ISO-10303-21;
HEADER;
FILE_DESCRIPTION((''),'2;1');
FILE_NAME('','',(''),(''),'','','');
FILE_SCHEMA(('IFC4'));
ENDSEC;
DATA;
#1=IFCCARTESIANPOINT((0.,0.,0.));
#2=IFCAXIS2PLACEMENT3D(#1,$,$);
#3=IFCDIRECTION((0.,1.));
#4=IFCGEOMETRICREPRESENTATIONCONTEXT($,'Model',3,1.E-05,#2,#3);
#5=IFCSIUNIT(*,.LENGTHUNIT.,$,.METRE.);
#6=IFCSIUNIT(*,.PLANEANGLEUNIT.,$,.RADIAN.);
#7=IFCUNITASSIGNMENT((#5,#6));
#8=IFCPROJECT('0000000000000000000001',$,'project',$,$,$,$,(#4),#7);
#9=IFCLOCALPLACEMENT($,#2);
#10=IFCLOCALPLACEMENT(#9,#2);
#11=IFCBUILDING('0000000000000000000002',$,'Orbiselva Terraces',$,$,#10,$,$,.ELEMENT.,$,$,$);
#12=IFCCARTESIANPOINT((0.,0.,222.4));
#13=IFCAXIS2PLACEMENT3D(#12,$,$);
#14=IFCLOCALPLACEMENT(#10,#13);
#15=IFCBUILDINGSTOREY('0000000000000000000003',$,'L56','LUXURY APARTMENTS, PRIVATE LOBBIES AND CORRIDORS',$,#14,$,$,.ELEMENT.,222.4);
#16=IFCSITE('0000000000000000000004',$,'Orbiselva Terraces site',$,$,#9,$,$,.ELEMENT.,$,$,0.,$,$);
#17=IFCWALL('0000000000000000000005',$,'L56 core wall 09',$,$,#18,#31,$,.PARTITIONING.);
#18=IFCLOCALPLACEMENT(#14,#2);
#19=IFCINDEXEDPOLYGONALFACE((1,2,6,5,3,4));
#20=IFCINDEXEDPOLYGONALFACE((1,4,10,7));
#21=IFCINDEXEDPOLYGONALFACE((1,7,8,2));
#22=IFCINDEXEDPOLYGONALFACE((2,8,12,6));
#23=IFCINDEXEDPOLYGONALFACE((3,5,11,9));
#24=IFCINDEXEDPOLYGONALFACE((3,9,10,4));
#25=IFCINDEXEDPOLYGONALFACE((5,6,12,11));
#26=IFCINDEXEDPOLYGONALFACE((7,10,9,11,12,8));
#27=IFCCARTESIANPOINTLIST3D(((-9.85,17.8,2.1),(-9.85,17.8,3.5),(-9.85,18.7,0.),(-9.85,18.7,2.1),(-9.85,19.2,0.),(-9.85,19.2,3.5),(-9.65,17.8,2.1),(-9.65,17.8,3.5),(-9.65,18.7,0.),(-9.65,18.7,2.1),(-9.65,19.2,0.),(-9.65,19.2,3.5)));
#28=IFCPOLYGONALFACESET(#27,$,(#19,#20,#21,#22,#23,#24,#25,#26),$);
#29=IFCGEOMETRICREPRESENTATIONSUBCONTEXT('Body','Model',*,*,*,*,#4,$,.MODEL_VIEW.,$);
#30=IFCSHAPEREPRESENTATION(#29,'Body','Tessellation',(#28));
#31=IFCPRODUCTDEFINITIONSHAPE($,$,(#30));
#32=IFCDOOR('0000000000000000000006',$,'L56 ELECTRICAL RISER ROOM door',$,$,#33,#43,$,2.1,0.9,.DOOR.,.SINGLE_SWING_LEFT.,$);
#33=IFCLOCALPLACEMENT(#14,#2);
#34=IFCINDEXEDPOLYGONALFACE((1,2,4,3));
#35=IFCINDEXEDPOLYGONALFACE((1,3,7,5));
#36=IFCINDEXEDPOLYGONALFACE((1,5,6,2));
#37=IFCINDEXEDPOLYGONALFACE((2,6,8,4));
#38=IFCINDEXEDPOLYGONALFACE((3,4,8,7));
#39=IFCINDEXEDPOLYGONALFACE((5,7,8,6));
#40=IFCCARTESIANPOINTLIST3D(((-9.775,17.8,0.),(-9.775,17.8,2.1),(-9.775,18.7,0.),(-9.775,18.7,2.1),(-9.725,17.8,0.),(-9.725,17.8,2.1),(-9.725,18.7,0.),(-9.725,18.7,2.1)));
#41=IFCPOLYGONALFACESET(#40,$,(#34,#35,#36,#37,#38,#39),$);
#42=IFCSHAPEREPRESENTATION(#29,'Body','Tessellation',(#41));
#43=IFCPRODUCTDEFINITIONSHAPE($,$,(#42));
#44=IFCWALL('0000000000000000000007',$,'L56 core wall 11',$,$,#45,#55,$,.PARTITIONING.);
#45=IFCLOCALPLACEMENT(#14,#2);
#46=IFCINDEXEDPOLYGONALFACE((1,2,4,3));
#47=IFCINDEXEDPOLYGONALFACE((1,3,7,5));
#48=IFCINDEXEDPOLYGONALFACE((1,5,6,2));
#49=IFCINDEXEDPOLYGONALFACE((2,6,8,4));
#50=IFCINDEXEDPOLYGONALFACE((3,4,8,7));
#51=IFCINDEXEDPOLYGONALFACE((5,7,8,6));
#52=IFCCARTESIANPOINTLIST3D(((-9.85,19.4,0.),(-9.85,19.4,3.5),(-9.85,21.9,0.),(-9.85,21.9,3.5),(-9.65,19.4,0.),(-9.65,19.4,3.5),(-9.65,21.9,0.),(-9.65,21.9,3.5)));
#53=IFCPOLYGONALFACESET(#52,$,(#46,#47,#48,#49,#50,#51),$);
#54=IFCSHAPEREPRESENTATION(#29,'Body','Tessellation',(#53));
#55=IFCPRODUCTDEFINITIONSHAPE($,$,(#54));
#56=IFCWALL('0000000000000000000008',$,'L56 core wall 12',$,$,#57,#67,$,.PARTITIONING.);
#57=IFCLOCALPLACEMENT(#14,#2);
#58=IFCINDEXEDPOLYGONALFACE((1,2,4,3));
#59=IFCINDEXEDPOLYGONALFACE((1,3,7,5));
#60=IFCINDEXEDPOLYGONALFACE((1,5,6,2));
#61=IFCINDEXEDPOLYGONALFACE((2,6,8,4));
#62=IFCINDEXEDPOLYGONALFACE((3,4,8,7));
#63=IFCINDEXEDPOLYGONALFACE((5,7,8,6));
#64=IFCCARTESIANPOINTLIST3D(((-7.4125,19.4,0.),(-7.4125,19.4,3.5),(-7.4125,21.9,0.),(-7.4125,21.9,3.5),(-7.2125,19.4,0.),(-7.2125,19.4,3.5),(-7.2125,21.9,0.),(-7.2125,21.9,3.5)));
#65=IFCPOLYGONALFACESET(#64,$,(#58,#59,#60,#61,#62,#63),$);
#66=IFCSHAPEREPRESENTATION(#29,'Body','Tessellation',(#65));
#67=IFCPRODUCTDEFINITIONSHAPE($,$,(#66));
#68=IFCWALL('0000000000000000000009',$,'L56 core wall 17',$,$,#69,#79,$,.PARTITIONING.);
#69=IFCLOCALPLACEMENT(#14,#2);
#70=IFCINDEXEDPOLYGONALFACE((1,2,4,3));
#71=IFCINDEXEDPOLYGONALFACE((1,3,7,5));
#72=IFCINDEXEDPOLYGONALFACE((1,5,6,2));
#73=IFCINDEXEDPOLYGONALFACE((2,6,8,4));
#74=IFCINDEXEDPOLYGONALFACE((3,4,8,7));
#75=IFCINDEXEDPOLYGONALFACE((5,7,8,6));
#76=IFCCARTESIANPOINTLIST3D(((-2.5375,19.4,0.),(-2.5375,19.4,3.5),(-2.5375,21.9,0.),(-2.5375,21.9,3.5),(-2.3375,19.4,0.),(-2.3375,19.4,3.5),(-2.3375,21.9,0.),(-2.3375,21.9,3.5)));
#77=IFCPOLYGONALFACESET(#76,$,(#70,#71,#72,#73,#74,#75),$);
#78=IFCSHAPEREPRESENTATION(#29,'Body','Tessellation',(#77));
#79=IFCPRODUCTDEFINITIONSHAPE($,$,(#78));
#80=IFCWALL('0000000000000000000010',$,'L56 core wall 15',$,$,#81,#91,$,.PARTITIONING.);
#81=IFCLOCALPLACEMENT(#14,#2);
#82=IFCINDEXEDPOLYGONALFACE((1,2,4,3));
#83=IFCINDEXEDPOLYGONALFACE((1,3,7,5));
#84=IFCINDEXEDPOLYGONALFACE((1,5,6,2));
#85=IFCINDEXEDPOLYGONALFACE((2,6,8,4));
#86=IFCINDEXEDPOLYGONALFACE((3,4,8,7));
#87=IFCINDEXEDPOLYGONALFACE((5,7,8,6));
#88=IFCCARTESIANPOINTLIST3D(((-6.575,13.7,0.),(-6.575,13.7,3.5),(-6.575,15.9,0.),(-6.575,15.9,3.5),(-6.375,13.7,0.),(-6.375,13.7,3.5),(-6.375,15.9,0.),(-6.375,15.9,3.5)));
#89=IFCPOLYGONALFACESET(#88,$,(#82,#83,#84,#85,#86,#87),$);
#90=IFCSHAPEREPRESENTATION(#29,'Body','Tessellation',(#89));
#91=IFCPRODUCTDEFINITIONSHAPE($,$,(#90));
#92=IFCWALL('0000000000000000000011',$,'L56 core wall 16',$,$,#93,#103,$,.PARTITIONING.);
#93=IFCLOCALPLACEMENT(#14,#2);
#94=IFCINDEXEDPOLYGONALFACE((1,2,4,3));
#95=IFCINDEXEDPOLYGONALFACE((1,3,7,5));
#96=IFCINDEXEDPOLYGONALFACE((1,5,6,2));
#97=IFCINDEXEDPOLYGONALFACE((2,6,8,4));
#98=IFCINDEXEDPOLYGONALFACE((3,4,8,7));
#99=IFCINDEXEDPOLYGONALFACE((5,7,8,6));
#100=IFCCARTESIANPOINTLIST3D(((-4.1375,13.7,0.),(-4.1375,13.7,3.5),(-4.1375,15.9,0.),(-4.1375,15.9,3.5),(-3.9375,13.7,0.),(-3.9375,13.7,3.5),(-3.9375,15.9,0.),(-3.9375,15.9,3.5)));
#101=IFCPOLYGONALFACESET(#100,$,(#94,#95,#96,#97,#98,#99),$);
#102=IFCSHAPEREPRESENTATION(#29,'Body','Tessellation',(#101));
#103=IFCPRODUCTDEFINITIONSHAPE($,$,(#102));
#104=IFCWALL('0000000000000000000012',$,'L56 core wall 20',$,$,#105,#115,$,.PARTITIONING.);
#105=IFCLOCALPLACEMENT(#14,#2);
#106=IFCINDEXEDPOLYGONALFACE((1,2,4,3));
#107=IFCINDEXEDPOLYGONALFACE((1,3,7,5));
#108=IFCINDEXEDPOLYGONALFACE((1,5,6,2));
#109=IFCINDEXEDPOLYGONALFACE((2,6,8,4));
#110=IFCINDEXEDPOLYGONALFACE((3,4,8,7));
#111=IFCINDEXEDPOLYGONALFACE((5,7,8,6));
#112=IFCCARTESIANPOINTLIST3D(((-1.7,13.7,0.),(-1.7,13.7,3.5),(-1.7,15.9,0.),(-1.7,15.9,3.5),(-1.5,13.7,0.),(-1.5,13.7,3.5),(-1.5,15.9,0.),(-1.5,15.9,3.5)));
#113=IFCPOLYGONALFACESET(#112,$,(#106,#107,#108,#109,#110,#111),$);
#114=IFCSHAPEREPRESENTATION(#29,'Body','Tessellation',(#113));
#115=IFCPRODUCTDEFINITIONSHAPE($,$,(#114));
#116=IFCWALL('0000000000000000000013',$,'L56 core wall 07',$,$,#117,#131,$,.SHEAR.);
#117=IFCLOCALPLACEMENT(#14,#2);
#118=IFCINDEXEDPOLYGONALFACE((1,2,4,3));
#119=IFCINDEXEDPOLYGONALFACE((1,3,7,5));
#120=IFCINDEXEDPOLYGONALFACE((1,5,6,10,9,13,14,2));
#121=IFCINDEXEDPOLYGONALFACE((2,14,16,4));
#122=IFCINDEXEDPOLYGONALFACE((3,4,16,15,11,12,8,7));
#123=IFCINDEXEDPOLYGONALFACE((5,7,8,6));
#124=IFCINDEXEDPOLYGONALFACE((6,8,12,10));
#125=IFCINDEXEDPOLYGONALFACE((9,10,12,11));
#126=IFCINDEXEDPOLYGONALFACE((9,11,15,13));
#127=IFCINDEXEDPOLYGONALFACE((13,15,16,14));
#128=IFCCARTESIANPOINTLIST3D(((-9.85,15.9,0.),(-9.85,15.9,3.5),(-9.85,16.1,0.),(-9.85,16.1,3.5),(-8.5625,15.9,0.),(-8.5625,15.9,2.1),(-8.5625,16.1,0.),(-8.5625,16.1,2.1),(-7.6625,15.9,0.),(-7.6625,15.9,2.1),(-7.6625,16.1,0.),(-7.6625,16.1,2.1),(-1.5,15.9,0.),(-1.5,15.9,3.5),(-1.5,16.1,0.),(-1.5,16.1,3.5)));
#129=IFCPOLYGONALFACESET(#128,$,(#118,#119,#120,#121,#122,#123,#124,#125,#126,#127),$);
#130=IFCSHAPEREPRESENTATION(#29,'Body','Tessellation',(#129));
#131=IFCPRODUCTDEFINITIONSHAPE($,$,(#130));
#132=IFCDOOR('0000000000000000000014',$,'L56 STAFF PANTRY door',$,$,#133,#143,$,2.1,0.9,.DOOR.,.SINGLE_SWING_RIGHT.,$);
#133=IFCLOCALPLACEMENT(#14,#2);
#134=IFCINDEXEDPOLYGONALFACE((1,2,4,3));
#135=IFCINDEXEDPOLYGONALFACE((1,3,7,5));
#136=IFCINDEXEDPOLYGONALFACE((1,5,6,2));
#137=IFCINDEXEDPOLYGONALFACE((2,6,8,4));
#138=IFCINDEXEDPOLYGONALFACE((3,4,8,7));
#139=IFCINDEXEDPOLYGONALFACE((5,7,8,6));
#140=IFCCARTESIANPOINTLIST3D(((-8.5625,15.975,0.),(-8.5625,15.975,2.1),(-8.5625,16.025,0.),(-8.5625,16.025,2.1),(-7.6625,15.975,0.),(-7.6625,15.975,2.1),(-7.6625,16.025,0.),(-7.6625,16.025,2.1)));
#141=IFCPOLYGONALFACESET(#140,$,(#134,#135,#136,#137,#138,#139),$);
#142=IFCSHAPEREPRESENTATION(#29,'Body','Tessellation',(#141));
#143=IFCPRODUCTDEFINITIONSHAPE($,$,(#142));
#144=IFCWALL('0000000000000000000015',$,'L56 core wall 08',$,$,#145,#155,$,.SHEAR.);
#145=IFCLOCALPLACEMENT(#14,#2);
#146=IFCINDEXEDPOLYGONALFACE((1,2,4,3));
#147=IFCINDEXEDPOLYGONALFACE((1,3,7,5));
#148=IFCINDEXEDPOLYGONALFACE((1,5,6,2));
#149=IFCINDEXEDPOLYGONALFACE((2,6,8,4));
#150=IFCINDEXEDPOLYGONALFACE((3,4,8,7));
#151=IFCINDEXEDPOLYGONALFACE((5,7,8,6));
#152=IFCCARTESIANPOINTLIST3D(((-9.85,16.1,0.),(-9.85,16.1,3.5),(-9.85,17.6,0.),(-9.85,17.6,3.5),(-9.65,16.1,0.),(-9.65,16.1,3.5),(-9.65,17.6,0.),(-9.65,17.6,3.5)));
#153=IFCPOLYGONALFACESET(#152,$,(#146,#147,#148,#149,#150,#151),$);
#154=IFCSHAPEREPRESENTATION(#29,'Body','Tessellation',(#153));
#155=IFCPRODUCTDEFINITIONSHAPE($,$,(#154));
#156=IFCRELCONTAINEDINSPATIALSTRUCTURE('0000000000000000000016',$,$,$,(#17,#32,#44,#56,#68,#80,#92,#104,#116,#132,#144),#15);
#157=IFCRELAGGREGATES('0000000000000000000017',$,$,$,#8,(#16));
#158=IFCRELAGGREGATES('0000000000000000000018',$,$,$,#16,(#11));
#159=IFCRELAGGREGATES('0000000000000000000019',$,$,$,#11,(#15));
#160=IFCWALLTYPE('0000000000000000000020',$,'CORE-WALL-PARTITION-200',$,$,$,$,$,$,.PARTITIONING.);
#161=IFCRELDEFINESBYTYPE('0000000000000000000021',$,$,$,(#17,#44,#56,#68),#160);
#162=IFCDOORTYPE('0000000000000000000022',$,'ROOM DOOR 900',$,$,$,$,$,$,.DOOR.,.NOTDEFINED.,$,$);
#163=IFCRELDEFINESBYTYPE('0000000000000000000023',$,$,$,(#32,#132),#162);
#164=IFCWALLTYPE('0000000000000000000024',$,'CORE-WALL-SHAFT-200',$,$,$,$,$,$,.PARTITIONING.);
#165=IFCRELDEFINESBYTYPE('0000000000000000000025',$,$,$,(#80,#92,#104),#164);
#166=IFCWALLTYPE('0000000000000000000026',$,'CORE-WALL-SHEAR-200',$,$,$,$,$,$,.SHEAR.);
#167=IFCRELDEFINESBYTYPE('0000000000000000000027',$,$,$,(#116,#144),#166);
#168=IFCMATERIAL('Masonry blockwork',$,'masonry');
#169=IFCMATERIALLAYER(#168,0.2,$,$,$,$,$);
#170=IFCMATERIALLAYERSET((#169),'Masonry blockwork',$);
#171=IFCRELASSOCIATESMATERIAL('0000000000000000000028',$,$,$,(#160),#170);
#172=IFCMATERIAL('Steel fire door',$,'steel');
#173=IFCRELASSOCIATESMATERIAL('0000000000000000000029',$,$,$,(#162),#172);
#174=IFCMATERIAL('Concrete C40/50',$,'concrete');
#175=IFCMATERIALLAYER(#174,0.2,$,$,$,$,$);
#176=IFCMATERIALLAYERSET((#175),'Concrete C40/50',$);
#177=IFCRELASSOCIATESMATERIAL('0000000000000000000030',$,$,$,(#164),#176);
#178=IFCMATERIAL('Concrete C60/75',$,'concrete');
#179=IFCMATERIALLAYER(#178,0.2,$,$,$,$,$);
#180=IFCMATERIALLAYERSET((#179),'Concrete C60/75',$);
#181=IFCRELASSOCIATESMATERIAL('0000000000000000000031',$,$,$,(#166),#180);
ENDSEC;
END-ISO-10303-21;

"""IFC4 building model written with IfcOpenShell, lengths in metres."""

from ifc_helpers import new_model, si_unit, direction, frame, frame_2d, origin, place, context, subcontext, project, spatial, rectangle, extrude, material, layer, layer_set, type_object, element, fill, save


model = new_model("IFC4")

# Units and contexts
model_context = context("Model", 3, precision=1e-05, world=origin(), true_north=direction((0.0, 1.0)))
body_context = subcontext(model_context, "Body", "Model", "MODEL_VIEW")
ifc_project = project(units=[si_unit("LENGTHUNIT", "METRE"), si_unit("PLANEANGLEUNIT", "RADIAN")], contexts=[model_context])

# Site, building, storey
site_placement = place(None, origin())
site = spatial("IfcSite", under=ifc_project, at=site_placement, Name="Orbiselva Terraces site", CompositionType="ELEMENT", RefElevation=0.0)
building_placement = place(site_placement, origin())
building = spatial("IfcBuilding", under=site, at=building_placement, Name="Orbiselva Terraces", CompositionType="ELEMENT")
storey_placement = place(building_placement, frame((0.0, 0.0, 222.4)))
storey = spatial("IfcBuildingStorey", under=building, at=storey_placement, Name="L56", Description="LUXURY APARTMENTS, PRIVATE LOBBIES AND CORRIDORS", CompositionType="ELEMENT", Elevation=222.4)

# Wall, opening, door
ifc_material_1 = material(Name="Masonry blockwork", Category="masonry")
ifc_layer_1 = layer(ifc_material_1, 0.2)
ifc_layer_set_1 = layer_set([ifc_layer_1], Name="Masonry blockwork")
wall_type_1 = type_object("IfcWallType", Name="CORE-WALL-PARTITION-200", PredefinedType="PARTITIONING", material=ifc_layer_set_1)
wall_1_placement = place(storey_placement, frame((-9.75, 17.8, 0.0), z_axis=(0.0, 0.0, 1.0), x_axis=(0.0, 1.0, 0.0)))
wall_1 = element("IfcWall", 1, at=wall_1_placement, inside=storey, type_object=wall_type_1, Name="L56 core wall 09", PredefinedType="PARTITIONING", context=body_context, shape_type="SweptSolid", body=[
    extrude(rectangle(XDim=1.4, YDim=0.2, at=frame_2d((0.7, 0.0))), origin(), (0.0, 0.0, 1.0), 3.5),
])
opening_1_placement = place(wall_1_placement, origin())
opening_1 = element("IfcOpeningElement", 2, at=opening_1_placement, cuts=wall_1, PredefinedType="OPENING", context=body_context, shape_type="SweptSolid", body=[
    extrude(rectangle(XDim=0.9, YDim=2.1, at=frame_2d((0.45, 1.05))), frame((0.0, 0.11, 0.0), z_axis=(0.0, -1.0, 0.0), x_axis=(1.0, 0.0, 0.0)), (0.0, 0.0, 1.0), 0.22),
])
ifc_material_2 = material(Name="Steel fire door", Category="steel")
door_type_1 = type_object("IfcDoorType", Name="ROOM DOOR 900", OperationType="NOTDEFINED", PredefinedType="DOOR", material=ifc_material_2)
door_1_placement = place(opening_1_placement, origin())
door_1 = element("IfcDoor", 3, at=door_1_placement, inside=storey, type_object=door_type_1, Name="L56 ELECTRICAL RISER ROOM door", OperationType="SINGLE_SWING_LEFT", OverallHeight=2.1, OverallWidth=0.9, PredefinedType="DOOR", context=body_context, shape_type="SweptSolid", body=[
    extrude(rectangle(XDim=0.9, YDim=2.1, at=frame_2d((0.45, 1.05))), frame((0.0, 0.025, 0.0), z_axis=(0.0, -1.0, 0.0), x_axis=(1.0, 0.0, 0.0)), (0.0, 0.0, 1.0), 0.05),
])
fill(opening_1, door_1)

# Walls
for number, where, z_axis, x_axis, name in (
    (4, (-9.75, 19.4, 0.0), (0.0, 0.0, 1.0), (0.0, 1.0, 0.0), "L56 core wall 11"),
    (5, (-7.3125, 19.4, 0.0), (0.0, 0.0, 1.0), (0.0, 1.0, 0.0), "L56 core wall 12"),
    (6, (-2.4375, 19.4, 0.0), (0.0, 0.0, 1.0), (0.0, 1.0, 0.0), "L56 core wall 17"),
):
    element("IfcWall", number, at=place(storey_placement, frame(where, z_axis=z_axis, x_axis=x_axis)), inside=storey, type_object=wall_type_1, Name=name, PredefinedType="PARTITIONING", context=body_context, shape_type="SweptSolid", body=[
        extrude(rectangle(XDim=2.5, YDim=0.2, at=frame_2d((1.25, 0.0))), origin(), (0.0, 0.0, 1.0), 3.5),
    ])
ifc_material_3 = material(Name="Concrete C40/50", Category="concrete")
ifc_layer_2 = layer(ifc_material_3, 0.2)
ifc_layer_set_2 = layer_set([ifc_layer_2], Name="Concrete C40/50")
wall_type_2 = type_object("IfcWallType", Name="CORE-WALL-SHAFT-200", PredefinedType="PARTITIONING", material=ifc_layer_set_2)
for number, where, z_axis, x_axis, name in (
    (7, (-6.475, 13.7, 0.0), (0.0, 0.0, 1.0), (0.0, 1.0, 0.0), "L56 core wall 15"),
    (8, (-4.0375, 13.7, 0.0), (0.0, 0.0, 1.0), (0.0, 1.0, 0.0), "L56 core wall 16"),
    (9, (-1.6, 13.7, 0.0), (0.0, 0.0, 1.0), (0.0, 1.0, 0.0), "L56 core wall 20"),
):
    element("IfcWall", number, at=place(storey_placement, frame(where, z_axis=z_axis, x_axis=x_axis)), inside=storey, type_object=wall_type_2, Name=name, PredefinedType="PARTITIONING", context=body_context, shape_type="SweptSolid", body=[
        extrude(rectangle(XDim=2.2, YDim=0.2, at=frame_2d((1.1, 0.0))), origin(), (0.0, 0.0, 1.0), 3.5),
    ])

# Wall, opening, door
ifc_material_4 = material(Name="Concrete C60/75", Category="concrete")
ifc_layer_3 = layer(ifc_material_4, 0.2)
ifc_layer_set_3 = layer_set([ifc_layer_3], Name="Concrete C60/75")
wall_type_3 = type_object("IfcWallType", Name="CORE-WALL-SHEAR-200", PredefinedType="SHEAR", material=ifc_layer_set_3)
wall_2_placement = place(storey_placement, frame((-1.5, 16.0, 0.0), z_axis=(0.0, 0.0, 1.0), x_axis=(-1.0, 0.0, 0.0)))
wall_2 = element("IfcWall", 10, at=wall_2_placement, inside=storey, type_object=wall_type_3, Name="L56 core wall 07", PredefinedType="SHEAR", context=body_context, shape_type="SweptSolid", body=[
    extrude(rectangle(XDim=8.35, YDim=0.2, at=frame_2d((4.175, 0.0))), origin(), (0.0, 0.0, 1.0), 3.5),
])
opening_2_placement = place(wall_2_placement, frame((6.1625, 0.0, 0.0)))
opening_2 = element("IfcOpeningElement", 11, at=opening_2_placement, cuts=wall_2, PredefinedType="OPENING", context=body_context, shape_type="SweptSolid", body=[
    extrude(rectangle(XDim=0.9, YDim=2.1, at=frame_2d((0.45, 1.05))), frame((0.0, 0.11, 0.0), z_axis=(0.0, -1.0, 0.0), x_axis=(1.0, 0.0, 0.0)), (0.0, 0.0, 1.0), 0.22),
])
door_2_placement = place(opening_2_placement, origin())
door_2 = element("IfcDoor", 12, at=door_2_placement, inside=storey, type_object=door_type_1, Name="L56 STAFF PANTRY door", OperationType="SINGLE_SWING_RIGHT", OverallHeight=2.1, OverallWidth=0.9, PredefinedType="DOOR", context=body_context, shape_type="SweptSolid", body=[
    extrude(rectangle(XDim=0.9, YDim=2.1, at=frame_2d((0.45, 1.05))), frame((0.0, 0.025, 0.0), z_axis=(0.0, -1.0, 0.0), x_axis=(1.0, 0.0, 0.0)), (0.0, 0.0, 1.0), 0.05),
])
fill(opening_2, door_2)

# Wall
wall_3_placement = place(storey_placement, frame((-9.75, 16.1, 0.0), z_axis=(0.0, 0.0, 1.0), x_axis=(0.0, 1.0, 0.0)))
element("IfcWall", 13, at=wall_3_placement, inside=storey, type_object=wall_type_3, Name="L56 core wall 08", PredefinedType="SHEAR", context=body_context, shape_type="SweptSolid", body=[
    extrude(rectangle(XDim=1.5, YDim=0.2, at=frame_2d((0.75, 0.0))), origin(), (0.0, 0.0, 1.0), 3.5),
])

save(model, "model.ifc")
